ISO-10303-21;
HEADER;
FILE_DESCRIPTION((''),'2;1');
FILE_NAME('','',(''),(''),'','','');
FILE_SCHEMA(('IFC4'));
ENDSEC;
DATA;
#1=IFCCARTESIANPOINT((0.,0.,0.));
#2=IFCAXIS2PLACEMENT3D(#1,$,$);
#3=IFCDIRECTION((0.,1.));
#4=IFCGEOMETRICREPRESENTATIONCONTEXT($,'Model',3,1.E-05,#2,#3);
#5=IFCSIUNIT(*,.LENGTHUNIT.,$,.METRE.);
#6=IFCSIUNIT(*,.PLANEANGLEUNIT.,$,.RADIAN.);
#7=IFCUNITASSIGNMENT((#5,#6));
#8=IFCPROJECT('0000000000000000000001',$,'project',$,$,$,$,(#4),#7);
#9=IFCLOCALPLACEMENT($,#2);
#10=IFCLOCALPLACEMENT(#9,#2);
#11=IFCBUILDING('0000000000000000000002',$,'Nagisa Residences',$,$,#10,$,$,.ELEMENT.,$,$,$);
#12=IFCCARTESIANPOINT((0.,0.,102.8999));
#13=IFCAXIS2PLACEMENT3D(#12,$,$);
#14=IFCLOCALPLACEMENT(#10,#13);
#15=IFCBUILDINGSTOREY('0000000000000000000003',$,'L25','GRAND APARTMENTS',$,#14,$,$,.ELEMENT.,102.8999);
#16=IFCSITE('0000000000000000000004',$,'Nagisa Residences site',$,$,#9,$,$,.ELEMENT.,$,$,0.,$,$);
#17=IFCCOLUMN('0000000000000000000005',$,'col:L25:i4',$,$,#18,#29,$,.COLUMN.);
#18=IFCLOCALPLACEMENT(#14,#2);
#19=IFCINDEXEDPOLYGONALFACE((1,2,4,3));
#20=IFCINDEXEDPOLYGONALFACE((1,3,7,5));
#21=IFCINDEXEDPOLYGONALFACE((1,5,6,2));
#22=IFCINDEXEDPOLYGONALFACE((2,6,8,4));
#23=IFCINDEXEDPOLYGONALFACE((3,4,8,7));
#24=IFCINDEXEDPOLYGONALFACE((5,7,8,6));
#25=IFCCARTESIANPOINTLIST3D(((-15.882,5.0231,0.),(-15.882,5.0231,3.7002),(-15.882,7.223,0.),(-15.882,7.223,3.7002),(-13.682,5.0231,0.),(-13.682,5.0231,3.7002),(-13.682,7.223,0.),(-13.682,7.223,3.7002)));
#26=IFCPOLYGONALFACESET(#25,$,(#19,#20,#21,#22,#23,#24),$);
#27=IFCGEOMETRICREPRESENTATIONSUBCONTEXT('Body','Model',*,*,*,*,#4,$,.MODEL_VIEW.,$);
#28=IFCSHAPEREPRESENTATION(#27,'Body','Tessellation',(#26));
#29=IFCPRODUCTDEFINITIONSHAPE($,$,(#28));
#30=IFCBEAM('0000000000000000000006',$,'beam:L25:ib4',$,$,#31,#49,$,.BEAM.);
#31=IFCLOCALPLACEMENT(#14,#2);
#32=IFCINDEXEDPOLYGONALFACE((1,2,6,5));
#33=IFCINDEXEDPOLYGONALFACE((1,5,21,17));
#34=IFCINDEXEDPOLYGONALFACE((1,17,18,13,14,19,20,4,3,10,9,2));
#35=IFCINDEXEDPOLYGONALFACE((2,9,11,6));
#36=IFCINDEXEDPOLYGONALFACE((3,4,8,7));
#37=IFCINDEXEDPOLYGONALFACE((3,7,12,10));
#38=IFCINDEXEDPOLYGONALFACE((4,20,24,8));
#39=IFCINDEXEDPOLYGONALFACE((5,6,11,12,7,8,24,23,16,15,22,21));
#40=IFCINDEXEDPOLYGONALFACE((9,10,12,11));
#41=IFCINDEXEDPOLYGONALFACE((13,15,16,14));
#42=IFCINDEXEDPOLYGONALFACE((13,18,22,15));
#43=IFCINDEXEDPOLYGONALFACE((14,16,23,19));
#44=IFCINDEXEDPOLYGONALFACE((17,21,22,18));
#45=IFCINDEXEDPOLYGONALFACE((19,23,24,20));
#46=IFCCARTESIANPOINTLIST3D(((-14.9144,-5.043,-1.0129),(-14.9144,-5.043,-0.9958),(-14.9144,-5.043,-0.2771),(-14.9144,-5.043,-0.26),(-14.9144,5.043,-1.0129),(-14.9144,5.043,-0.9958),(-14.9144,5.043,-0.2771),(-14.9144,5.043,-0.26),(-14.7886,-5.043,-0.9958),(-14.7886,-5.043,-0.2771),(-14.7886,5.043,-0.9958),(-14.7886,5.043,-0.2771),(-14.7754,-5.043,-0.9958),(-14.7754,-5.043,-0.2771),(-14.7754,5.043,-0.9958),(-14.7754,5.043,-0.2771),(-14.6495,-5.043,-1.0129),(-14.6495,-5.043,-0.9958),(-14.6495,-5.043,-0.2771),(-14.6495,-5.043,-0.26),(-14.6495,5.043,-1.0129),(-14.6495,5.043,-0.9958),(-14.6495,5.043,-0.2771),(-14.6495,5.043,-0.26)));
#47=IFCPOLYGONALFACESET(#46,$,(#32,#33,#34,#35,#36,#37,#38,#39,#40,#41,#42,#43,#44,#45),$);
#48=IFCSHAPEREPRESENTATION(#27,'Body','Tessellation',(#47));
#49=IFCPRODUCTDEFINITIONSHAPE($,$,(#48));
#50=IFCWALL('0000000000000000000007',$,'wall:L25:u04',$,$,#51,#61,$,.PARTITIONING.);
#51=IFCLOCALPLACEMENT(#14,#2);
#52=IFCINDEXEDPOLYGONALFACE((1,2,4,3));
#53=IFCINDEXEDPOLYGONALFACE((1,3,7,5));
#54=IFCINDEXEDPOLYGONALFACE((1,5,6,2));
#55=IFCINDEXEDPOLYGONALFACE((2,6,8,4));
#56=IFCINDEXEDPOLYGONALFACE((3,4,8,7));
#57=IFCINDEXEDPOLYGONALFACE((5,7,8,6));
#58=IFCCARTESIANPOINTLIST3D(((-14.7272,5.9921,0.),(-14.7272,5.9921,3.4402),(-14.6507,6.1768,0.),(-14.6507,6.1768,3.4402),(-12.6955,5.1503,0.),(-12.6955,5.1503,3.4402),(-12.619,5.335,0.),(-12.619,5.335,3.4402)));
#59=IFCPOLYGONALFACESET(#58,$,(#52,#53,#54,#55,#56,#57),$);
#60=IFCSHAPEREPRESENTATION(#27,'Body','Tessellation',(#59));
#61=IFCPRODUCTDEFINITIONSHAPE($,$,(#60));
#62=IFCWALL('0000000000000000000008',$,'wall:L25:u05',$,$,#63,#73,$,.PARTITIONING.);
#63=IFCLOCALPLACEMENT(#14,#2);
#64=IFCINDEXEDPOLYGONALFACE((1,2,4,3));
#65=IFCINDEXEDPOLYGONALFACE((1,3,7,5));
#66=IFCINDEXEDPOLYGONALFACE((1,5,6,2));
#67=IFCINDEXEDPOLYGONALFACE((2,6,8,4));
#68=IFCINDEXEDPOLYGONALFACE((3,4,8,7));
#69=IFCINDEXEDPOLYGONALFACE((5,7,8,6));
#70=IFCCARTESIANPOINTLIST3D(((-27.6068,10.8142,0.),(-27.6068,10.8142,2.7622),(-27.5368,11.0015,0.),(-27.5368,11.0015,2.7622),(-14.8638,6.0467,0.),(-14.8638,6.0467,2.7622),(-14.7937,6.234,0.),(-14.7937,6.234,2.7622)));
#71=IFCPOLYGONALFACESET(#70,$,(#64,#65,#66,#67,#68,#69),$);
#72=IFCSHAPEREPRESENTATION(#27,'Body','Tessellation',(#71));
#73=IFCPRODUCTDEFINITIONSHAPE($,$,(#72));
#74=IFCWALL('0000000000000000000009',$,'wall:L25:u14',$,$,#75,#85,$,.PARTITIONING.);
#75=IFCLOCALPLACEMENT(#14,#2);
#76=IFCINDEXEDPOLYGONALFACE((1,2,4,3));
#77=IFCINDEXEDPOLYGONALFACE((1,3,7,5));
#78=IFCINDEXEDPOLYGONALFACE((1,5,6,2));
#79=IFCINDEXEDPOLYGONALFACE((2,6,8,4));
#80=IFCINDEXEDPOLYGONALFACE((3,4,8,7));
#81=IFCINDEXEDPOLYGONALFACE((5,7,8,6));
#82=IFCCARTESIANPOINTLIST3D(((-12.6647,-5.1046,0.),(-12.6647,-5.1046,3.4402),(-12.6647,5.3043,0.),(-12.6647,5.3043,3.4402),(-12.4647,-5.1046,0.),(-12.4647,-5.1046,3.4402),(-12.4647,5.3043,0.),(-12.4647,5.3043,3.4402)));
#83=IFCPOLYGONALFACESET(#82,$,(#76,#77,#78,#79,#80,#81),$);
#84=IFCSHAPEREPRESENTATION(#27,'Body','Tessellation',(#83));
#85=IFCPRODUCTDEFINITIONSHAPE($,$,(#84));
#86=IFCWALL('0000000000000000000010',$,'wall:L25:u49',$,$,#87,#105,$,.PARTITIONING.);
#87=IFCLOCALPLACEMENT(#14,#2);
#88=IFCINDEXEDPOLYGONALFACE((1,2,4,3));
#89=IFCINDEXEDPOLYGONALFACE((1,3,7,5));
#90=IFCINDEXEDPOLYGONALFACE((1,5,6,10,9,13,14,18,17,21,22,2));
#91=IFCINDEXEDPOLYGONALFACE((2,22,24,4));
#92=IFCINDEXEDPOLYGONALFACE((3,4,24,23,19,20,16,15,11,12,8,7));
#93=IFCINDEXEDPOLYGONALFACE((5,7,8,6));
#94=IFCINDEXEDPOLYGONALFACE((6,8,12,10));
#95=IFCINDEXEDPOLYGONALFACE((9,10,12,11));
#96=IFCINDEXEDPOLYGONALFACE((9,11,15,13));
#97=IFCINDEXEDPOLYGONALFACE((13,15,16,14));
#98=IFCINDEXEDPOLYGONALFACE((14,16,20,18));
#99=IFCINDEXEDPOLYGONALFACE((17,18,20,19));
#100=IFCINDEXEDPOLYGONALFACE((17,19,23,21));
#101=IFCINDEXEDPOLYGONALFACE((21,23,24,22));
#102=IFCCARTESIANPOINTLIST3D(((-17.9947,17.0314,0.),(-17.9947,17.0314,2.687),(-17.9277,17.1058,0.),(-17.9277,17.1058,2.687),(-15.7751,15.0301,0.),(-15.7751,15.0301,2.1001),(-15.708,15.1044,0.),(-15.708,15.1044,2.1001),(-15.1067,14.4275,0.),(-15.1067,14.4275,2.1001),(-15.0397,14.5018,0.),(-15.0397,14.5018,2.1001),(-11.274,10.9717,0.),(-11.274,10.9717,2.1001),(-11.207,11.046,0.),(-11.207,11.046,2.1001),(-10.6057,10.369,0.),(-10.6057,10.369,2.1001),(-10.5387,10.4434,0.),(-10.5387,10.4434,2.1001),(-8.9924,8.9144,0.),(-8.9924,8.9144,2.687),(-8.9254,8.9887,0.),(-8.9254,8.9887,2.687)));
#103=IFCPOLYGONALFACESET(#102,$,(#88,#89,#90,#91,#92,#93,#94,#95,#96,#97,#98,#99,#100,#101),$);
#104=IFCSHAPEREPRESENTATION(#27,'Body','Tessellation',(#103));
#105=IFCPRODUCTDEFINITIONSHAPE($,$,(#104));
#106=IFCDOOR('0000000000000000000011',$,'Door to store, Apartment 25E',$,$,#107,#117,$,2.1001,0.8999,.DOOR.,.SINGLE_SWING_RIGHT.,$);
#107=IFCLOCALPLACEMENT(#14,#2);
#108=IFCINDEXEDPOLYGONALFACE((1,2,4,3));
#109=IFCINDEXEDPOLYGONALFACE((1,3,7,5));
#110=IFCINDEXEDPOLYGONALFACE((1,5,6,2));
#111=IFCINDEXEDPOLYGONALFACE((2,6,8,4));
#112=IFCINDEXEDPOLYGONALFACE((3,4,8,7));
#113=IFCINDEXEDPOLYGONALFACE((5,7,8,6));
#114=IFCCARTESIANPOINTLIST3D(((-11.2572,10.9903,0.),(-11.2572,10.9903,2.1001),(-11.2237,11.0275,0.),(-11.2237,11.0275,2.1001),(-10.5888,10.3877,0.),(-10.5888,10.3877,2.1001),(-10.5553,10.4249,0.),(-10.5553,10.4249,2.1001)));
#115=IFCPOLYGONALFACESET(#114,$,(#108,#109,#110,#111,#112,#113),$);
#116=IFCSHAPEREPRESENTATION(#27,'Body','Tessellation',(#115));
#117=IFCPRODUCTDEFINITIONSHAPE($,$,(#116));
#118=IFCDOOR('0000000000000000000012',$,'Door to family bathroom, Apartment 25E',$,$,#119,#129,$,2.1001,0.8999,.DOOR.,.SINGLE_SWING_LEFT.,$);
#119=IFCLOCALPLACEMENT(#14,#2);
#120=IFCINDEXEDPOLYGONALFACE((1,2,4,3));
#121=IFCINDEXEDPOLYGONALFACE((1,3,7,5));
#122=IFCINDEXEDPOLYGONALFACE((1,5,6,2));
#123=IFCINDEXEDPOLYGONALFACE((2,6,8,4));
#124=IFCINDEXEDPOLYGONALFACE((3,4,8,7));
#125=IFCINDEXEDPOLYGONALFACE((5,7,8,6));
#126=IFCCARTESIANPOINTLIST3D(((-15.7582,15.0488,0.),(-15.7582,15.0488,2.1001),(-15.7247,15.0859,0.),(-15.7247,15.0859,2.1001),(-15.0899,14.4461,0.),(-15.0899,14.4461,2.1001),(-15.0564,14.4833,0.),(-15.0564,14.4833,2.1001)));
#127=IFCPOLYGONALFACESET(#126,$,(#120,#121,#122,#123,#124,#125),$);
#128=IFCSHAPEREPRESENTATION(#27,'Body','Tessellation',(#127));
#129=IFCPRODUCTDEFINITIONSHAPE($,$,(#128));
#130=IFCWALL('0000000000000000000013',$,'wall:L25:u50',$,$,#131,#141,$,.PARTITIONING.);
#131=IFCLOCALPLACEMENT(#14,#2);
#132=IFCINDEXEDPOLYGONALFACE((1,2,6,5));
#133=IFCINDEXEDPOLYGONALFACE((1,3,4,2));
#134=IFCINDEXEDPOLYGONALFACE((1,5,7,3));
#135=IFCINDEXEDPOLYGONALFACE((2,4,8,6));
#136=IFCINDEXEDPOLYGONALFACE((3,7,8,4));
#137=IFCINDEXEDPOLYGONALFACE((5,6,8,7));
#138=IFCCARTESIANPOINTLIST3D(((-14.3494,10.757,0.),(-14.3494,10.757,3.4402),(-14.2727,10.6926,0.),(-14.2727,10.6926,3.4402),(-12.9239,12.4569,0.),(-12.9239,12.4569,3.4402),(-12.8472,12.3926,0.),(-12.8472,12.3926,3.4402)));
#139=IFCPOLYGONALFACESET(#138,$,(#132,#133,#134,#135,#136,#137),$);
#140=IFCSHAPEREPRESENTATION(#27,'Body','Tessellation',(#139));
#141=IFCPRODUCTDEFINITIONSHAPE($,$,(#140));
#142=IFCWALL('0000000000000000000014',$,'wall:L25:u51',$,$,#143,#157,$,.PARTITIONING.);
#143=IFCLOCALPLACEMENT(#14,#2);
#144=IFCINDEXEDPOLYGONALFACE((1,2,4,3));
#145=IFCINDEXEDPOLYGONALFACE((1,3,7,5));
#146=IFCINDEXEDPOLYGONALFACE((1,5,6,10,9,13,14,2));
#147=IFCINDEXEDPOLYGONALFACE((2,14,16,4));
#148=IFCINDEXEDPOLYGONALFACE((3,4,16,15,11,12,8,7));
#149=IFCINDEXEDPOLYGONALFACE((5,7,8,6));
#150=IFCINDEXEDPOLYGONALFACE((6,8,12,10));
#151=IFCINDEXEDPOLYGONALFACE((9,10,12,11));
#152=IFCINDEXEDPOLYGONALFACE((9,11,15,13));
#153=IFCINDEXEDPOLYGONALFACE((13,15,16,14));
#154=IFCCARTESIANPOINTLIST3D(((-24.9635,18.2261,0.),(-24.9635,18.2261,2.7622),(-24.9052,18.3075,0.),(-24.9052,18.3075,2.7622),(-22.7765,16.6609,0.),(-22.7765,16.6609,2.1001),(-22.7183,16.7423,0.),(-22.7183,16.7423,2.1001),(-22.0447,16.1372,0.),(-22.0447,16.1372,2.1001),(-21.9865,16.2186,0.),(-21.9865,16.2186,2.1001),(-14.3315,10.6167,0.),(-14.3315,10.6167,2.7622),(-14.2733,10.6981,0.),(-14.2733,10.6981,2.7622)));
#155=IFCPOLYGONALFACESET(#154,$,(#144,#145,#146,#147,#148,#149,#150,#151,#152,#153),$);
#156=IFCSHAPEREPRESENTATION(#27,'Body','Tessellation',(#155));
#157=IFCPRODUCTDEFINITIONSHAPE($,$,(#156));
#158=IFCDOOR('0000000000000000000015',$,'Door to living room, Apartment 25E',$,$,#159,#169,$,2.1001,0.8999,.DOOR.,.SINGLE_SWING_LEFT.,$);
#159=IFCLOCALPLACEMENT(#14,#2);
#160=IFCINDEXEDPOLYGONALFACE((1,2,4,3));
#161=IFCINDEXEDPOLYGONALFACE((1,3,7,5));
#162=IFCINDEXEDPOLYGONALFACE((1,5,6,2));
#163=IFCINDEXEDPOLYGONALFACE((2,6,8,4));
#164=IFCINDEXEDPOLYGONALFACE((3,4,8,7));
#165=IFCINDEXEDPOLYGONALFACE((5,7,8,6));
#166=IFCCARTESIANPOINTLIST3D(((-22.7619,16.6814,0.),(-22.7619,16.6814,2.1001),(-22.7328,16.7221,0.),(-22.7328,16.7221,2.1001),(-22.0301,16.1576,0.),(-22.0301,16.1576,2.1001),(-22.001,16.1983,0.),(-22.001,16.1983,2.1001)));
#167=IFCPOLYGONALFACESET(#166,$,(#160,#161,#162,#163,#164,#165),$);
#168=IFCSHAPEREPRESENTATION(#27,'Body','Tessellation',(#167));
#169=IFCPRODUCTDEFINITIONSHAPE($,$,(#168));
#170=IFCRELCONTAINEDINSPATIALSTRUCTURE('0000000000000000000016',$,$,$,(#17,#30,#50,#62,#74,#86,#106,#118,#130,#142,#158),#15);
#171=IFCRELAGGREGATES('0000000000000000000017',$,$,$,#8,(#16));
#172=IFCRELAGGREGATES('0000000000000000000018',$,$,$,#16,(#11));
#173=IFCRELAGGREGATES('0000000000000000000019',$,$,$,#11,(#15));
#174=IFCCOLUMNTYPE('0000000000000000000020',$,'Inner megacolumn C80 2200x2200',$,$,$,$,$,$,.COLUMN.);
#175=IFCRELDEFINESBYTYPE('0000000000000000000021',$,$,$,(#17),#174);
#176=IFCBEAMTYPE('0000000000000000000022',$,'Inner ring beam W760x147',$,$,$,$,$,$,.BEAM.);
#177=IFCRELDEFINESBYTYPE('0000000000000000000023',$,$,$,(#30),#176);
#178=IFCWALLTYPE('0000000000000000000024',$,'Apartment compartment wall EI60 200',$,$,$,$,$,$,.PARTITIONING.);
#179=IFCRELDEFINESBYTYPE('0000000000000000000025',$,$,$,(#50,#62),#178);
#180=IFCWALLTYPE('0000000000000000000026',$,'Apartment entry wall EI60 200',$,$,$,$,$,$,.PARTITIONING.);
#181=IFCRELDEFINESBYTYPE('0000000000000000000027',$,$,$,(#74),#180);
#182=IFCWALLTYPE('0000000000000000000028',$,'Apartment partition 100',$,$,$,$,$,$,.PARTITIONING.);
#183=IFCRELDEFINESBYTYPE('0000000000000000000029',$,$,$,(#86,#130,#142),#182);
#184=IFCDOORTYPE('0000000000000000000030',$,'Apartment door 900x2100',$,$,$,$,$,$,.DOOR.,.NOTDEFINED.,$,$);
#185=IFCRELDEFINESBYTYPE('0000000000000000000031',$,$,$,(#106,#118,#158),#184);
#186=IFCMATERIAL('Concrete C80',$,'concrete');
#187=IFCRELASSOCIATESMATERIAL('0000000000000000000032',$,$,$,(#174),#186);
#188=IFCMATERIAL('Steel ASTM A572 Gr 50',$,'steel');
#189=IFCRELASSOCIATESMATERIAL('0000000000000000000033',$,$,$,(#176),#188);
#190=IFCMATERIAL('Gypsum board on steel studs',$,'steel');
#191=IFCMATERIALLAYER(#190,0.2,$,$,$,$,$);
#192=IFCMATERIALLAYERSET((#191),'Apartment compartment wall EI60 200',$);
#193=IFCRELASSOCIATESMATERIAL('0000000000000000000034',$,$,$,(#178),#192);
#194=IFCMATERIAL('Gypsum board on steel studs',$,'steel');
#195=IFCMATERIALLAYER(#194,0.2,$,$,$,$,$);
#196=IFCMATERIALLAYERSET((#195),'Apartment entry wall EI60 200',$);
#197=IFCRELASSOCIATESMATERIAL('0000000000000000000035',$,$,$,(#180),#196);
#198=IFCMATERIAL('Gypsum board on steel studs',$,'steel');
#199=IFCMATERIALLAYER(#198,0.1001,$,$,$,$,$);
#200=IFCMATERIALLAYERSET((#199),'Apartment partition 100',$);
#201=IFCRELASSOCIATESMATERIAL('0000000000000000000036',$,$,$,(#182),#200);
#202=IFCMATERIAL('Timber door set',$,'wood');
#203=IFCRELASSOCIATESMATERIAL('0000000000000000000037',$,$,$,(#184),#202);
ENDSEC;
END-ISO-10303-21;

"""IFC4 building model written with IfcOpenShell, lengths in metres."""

from ifc_helpers import new_model, si_unit, direction, frame, frame_2d, origin, origin_2d, place, context, subcontext, project, spatial, rectangle, i_section, extrude, material, layer, layer_set, material_profile, profile_set, type_object, element, fill, save


model = new_model("IFC4")

# Units and contexts
model_context = context("Model", 3, precision=1e-05, world=origin(), true_north=direction((0.0, 1.0)))
body_context = subcontext(model_context, "Body", "Model", "MODEL_VIEW")
ifc_project = project(units=[si_unit("LENGTHUNIT", "METRE"), si_unit("PLANEANGLEUNIT", "RADIAN")], contexts=[model_context])

# Site, building, storey
site_placement = place(None, origin())
site = spatial("IfcSite", under=ifc_project, at=site_placement, Name="Nagisa Residences site", CompositionType="ELEMENT", RefElevation=0.0)
building_placement = place(site_placement, origin())
building = spatial("IfcBuilding", under=site, at=building_placement, Name="Nagisa Residences", CompositionType="ELEMENT")
storey_placement = place(building_placement, frame((0.0, 0.0, 102.8999)))
storey = spatial("IfcBuildingStorey", under=building, at=storey_placement, Name="L25", Description="GRAND APARTMENTS", CompositionType="ELEMENT", Elevation=102.8999)

# Column
ifc_material_1 = material(Name="Concrete C80", Category="concrete")
ifc_material_profile_1 = material_profile(ifc_material_1, rectangle(XDim=2.2, YDim=2.2, at=origin_2d()), Name="C80 2200x2200")
ifc_profile_set_1 = profile_set([ifc_material_profile_1], Name="Concrete C80")
column_type = type_object("IfcColumnType", Name="Inner megacolumn C80 2200x2200", PredefinedType="COLUMN", material=ifc_profile_set_1)
column_placement = place(storey_placement, frame((-14.782, 6.123, 0.0), z_axis=(0.0, 0.0, 1.0), x_axis=(1.0, 0.0, 0.0)))
element("IfcColumn", 1, at=column_placement, inside=storey, type_object=column_type, Name="col:L25:i4", PredefinedType="COLUMN", context=body_context, shape_type="SweptSolid", body=[
    extrude(rectangle(XDim=2.2, YDim=2.2, at=origin_2d()), origin(), (0.0, 0.0, 1.0), 3.7002),
])

# Beam
ifc_material_2 = material(Name="Steel ASTM A572 Gr 50", Category="steel")
ifc_material_profile_2 = material_profile(ifc_material_2, i_section(OverallWidth=0.2649, OverallDepth=0.7529, WebThickness=0.0132, FlangeThickness=0.0171, at=origin_2d()), Name="W760x147")
ifc_profile_set_2 = profile_set([ifc_material_profile_2], Name="Steel ASTM A572 Gr 50")
beam_type = type_object("IfcBeamType", Name="Inner ring beam W760x147", PredefinedType="BEAM", material=ifc_profile_set_2)
beam_placement = place(storey_placement, frame((-14.782, 5.043, -0.6365), z_axis=(0.0, -1.0, 0.0), x_axis=(1.0, 0.0, 0.0)))
element("IfcBeam", 2, at=beam_placement, inside=storey, type_object=beam_type, Name="beam:L25:ib4", PredefinedType="BEAM", context=body_context, shape_type="SweptSolid", body=[
    extrude(i_section(OverallWidth=0.2649, OverallDepth=0.7529, WebThickness=0.0132, FlangeThickness=0.0171, at=origin_2d()), origin(), (0.0, 0.0, 1.0), 10.0859),
])

# Walls
ifc_material_3 = material(Name="Gypsum board on steel studs", Category="steel")
ifc_layer_1 = layer(ifc_material_3, 0.2)
ifc_layer_set_1 = layer_set([ifc_layer_1], Name="Apartment compartment wall EI60 200")
wall_type_1 = type_object("IfcWallType", Name="Apartment compartment wall EI60 200", PredefinedType="PARTITIONING", material=ifc_layer_set_1)
wall_1_placement = place(storey_placement, frame((-12.6572, 5.2427, 0.0), z_axis=(0.0, 0.0, 1.0), x_axis=(-0.923844, 0.38277, 0.0)))
element("IfcWall", 3, at=wall_1_placement, inside=storey, type_object=wall_type_1, Name="wall:L25:u04", PredefinedType="PARTITIONING", context=body_context, shape_type="SweptSolid", body=[
    extrude(rectangle(XDim=2.1992, YDim=0.2, at=frame_2d((1.0996, 0.0))), origin(), (0.0, 0.0, 1.0), 3.4402),
])
wall_2_placement = place(storey_placement, frame((-14.8289, 6.1404, 0.0), z_axis=(0.0, 0.0, 1.0), x_axis=(-0.936597, 0.350408, 0.0)))
element("IfcWall", 4, at=wall_2_placement, inside=storey, type_object=wall_type_1, Name="wall:L25:u05", PredefinedType="PARTITIONING", context=body_context, shape_type="SweptSolid", body=[
    extrude(rectangle(XDim=13.6057, YDim=0.2, at=frame_2d((6.8027, 0.0))), origin(), (0.0, 0.0, 1.0), 2.7622),
])
ifc_material_4 = material(Name="Gypsum board on steel studs", Category="steel")
ifc_layer_2 = layer(ifc_material_4, 0.2)
ifc_layer_set_2 = layer_set([ifc_layer_2], Name="Apartment entry wall EI60 200")
wall_type_2 = type_object("IfcWallType", Name="Apartment entry wall EI60 200", PredefinedType="PARTITIONING", material=ifc_layer_set_2)
wall_3_placement = place(storey_placement, frame((-12.5647, 5.3044, 0.0), z_axis=(0.0, 0.0, 1.0), x_axis=(0.0, -1.0, 0.0)))
element("IfcWall", 5, at=wall_3_placement, inside=storey, type_object=wall_type_2, Name="wall:L25:u14", PredefinedType="PARTITIONING", context=body_context, shape_type="SweptSolid", body=[
    extrude(rectangle(XDim=10.4089, YDim=0.2, at=frame_2d((5.2046, 0.0))), origin(), (0.0, 0.0, 1.0), 3.4402),
])

# Wall, openings, doors
ifc_material_5 = material(Name="Gypsum board on steel studs", Category="steel")
ifc_layer_3 = layer(ifc_material_5, 0.1001)
ifc_layer_set_3 = layer_set([ifc_layer_3], Name="Apartment partition 100")
wall_type_3 = type_object("IfcWallType", Name="Apartment partition 100", PredefinedType="PARTITIONING", material=ifc_layer_set_3)
wall_4_placement = place(storey_placement, frame((-8.959, 8.9517, 0.0), z_axis=(0.0, 0.0, 1.0), x_axis=(-0.74268, 0.669647, 0.0)))
wall_4 = element("IfcWall", 6, at=wall_4_placement, inside=storey, type_object=wall_type_3, Name="wall:L25:u49", PredefinedType="PARTITIONING", context=body_context, shape_type="SweptSolid", body=[
    extrude(rectangle(XDim=12.1213, YDim=0.1001, at=frame_2d((6.0605, 0.0))), origin(), (0.0, 0.0, 1.0), 2.687),
])
opening_1_placement = place(wall_4_placement, frame((2.1721, 0.0, 0.0)))
opening_1 = element("IfcOpeningElement", 7, at=opening_1_placement, cuts=wall_4, PredefinedType="OPENING", context=body_context, shape_type="SweptSolid", body=[
    extrude(rectangle(XDim=0.8999, YDim=2.1001, at=frame_2d((0.45, 1.05))), frame((0.0, 0.0601, 0.0), z_axis=(0.0, -1.0, 0.0), x_axis=(1.0, 0.0, 0.0)), (0.0, 0.0, 1.0), 0.1201),
])
opening_2_placement = place(wall_4_placement, frame((8.2327, 0.0, 0.0)))
opening_2 = element("IfcOpeningElement", 8, at=opening_2_placement, cuts=wall_4, PredefinedType="OPENING", context=body_context, shape_type="SweptSolid", body=[
    extrude(rectangle(XDim=0.8999, YDim=2.1001, at=frame_2d((0.45, 1.05))), frame((0.0, 0.0601, 0.0), z_axis=(0.0, -1.0, 0.0), x_axis=(1.0, 0.0, 0.0)), (0.0, 0.0, 1.0), 0.1201),
])
ifc_material_6 = material(Name="Timber door set", Category="wood")
door_type_1 = type_object("IfcDoorType", Name="Apartment door 900x2100", OperationType="NOTDEFINED", PredefinedType="DOOR", material=ifc_material_6)
door_1_placement = place(opening_1_placement, origin())
door_1 = element("IfcDoor", 9, at=door_1_placement, inside=storey, type_object=door_type_1, Name="Door to store, Apartment 25E", OperationType="SINGLE_SWING_RIGHT", OverallHeight=2.1001, OverallWidth=0.8999, PredefinedType="DOOR", context=body_context, shape_type="SweptSolid", body=[
    extrude(rectangle(XDim=0.8999, YDim=2.1001, at=frame_2d((0.45, 1.05))), frame((0.0, 0.0249, 0.0), z_axis=(0.0, -1.0, 0.0), x_axis=(1.0, 0.0, 0.0)), (0.0, 0.0, 1.0), 0.05),
])
fill(opening_1, door_1)
door_2_placement = place(opening_2_placement, origin())
door_2 = element("IfcDoor", 10, at=door_2_placement, inside=storey, type_object=door_type_1, Name="Door to family bathroom, Apartment 25E", OperationType="SINGLE_SWING_LEFT", OverallHeight=2.1001, OverallWidth=0.8999, PredefinedType="DOOR", context=body_context, shape_type="SweptSolid", body=[
    extrude(rectangle(XDim=0.8999, YDim=2.1001, at=frame_2d((0.45, 1.05))), frame((0.0, 0.0249, 0.0), z_axis=(0.0, -1.0, 0.0), x_axis=(1.0, 0.0, 0.0)), (0.0, 0.0, 1.0), 0.05),
])
fill(opening_2, door_2)

# Wall
wall_5_placement = place(storey_placement, frame((-12.8855, 12.4248, 0.0), z_axis=(0.0, 0.0, 1.0), x_axis=(-0.642552, -0.766242, 0.0)))
element("IfcWall", 11, at=wall_5_placement, inside=storey, type_object=wall_type_3, Name="wall:L25:u50", PredefinedType="PARTITIONING", context=body_context, shape_type="SweptSolid", body=[
    extrude(rectangle(XDim=2.2185, YDim=0.1001, at=frame_2d((1.1094, 0.0))), origin(), (0.0, 0.0, 1.0), 3.4402),
])

# Wall, opening, door
wall_6_placement = place(storey_placement, frame((-14.3025, 10.6575, 0.0), z_axis=(0.0, 0.0, 1.0), x_axis=(-0.813183, 0.582008, 0.0)))
wall_6 = element("IfcWall", 12, at=wall_6_placement, inside=storey, type_object=wall_type_3, Name="wall:L25:u51", PredefinedType="PARTITIONING", context=body_context, shape_type="SweptSolid", body=[
    extrude(rectangle(XDim=13.0745, YDim=0.1001, at=frame_2d((6.5371, 0.0))), origin(), (0.0, 0.0, 1.0), 2.7622),
])
opening_3_placement = place(wall_6_placement, frame((9.4851, 0.0, 0.0)))
opening_3 = element("IfcOpeningElement", 13, at=opening_3_placement, cuts=wall_6, PredefinedType="OPENING", context=body_context, shape_type="SweptSolid", body=[
    extrude(rectangle(XDim=0.8999, YDim=2.1001, at=frame_2d((0.45, 1.05))), frame((0.0, 0.0601, 0.0), z_axis=(0.0, -1.0, 0.0), x_axis=(1.0, 0.0, 0.0)), (0.0, 0.0, 1.0), 0.1201),
])
door_3_placement = place(opening_3_placement, origin())
door_3 = element("IfcDoor", 14, at=door_3_placement, inside=storey, type_object=door_type_1, Name="Door to living room, Apartment 25E", OperationType="SINGLE_SWING_LEFT", OverallHeight=2.1001, OverallWidth=0.8999, PredefinedType="DOOR", context=body_context, shape_type="SweptSolid", body=[
    extrude(rectangle(XDim=0.8999, YDim=2.1001, at=frame_2d((0.45, 1.05))), frame((0.0, 0.0249, 0.0), z_axis=(0.0, -1.0, 0.0), x_axis=(1.0, 0.0, 0.0)), (0.0, 0.0, 1.0), 0.05),
])
fill(opening_3, door_3)

save(model, "model.ifc")
